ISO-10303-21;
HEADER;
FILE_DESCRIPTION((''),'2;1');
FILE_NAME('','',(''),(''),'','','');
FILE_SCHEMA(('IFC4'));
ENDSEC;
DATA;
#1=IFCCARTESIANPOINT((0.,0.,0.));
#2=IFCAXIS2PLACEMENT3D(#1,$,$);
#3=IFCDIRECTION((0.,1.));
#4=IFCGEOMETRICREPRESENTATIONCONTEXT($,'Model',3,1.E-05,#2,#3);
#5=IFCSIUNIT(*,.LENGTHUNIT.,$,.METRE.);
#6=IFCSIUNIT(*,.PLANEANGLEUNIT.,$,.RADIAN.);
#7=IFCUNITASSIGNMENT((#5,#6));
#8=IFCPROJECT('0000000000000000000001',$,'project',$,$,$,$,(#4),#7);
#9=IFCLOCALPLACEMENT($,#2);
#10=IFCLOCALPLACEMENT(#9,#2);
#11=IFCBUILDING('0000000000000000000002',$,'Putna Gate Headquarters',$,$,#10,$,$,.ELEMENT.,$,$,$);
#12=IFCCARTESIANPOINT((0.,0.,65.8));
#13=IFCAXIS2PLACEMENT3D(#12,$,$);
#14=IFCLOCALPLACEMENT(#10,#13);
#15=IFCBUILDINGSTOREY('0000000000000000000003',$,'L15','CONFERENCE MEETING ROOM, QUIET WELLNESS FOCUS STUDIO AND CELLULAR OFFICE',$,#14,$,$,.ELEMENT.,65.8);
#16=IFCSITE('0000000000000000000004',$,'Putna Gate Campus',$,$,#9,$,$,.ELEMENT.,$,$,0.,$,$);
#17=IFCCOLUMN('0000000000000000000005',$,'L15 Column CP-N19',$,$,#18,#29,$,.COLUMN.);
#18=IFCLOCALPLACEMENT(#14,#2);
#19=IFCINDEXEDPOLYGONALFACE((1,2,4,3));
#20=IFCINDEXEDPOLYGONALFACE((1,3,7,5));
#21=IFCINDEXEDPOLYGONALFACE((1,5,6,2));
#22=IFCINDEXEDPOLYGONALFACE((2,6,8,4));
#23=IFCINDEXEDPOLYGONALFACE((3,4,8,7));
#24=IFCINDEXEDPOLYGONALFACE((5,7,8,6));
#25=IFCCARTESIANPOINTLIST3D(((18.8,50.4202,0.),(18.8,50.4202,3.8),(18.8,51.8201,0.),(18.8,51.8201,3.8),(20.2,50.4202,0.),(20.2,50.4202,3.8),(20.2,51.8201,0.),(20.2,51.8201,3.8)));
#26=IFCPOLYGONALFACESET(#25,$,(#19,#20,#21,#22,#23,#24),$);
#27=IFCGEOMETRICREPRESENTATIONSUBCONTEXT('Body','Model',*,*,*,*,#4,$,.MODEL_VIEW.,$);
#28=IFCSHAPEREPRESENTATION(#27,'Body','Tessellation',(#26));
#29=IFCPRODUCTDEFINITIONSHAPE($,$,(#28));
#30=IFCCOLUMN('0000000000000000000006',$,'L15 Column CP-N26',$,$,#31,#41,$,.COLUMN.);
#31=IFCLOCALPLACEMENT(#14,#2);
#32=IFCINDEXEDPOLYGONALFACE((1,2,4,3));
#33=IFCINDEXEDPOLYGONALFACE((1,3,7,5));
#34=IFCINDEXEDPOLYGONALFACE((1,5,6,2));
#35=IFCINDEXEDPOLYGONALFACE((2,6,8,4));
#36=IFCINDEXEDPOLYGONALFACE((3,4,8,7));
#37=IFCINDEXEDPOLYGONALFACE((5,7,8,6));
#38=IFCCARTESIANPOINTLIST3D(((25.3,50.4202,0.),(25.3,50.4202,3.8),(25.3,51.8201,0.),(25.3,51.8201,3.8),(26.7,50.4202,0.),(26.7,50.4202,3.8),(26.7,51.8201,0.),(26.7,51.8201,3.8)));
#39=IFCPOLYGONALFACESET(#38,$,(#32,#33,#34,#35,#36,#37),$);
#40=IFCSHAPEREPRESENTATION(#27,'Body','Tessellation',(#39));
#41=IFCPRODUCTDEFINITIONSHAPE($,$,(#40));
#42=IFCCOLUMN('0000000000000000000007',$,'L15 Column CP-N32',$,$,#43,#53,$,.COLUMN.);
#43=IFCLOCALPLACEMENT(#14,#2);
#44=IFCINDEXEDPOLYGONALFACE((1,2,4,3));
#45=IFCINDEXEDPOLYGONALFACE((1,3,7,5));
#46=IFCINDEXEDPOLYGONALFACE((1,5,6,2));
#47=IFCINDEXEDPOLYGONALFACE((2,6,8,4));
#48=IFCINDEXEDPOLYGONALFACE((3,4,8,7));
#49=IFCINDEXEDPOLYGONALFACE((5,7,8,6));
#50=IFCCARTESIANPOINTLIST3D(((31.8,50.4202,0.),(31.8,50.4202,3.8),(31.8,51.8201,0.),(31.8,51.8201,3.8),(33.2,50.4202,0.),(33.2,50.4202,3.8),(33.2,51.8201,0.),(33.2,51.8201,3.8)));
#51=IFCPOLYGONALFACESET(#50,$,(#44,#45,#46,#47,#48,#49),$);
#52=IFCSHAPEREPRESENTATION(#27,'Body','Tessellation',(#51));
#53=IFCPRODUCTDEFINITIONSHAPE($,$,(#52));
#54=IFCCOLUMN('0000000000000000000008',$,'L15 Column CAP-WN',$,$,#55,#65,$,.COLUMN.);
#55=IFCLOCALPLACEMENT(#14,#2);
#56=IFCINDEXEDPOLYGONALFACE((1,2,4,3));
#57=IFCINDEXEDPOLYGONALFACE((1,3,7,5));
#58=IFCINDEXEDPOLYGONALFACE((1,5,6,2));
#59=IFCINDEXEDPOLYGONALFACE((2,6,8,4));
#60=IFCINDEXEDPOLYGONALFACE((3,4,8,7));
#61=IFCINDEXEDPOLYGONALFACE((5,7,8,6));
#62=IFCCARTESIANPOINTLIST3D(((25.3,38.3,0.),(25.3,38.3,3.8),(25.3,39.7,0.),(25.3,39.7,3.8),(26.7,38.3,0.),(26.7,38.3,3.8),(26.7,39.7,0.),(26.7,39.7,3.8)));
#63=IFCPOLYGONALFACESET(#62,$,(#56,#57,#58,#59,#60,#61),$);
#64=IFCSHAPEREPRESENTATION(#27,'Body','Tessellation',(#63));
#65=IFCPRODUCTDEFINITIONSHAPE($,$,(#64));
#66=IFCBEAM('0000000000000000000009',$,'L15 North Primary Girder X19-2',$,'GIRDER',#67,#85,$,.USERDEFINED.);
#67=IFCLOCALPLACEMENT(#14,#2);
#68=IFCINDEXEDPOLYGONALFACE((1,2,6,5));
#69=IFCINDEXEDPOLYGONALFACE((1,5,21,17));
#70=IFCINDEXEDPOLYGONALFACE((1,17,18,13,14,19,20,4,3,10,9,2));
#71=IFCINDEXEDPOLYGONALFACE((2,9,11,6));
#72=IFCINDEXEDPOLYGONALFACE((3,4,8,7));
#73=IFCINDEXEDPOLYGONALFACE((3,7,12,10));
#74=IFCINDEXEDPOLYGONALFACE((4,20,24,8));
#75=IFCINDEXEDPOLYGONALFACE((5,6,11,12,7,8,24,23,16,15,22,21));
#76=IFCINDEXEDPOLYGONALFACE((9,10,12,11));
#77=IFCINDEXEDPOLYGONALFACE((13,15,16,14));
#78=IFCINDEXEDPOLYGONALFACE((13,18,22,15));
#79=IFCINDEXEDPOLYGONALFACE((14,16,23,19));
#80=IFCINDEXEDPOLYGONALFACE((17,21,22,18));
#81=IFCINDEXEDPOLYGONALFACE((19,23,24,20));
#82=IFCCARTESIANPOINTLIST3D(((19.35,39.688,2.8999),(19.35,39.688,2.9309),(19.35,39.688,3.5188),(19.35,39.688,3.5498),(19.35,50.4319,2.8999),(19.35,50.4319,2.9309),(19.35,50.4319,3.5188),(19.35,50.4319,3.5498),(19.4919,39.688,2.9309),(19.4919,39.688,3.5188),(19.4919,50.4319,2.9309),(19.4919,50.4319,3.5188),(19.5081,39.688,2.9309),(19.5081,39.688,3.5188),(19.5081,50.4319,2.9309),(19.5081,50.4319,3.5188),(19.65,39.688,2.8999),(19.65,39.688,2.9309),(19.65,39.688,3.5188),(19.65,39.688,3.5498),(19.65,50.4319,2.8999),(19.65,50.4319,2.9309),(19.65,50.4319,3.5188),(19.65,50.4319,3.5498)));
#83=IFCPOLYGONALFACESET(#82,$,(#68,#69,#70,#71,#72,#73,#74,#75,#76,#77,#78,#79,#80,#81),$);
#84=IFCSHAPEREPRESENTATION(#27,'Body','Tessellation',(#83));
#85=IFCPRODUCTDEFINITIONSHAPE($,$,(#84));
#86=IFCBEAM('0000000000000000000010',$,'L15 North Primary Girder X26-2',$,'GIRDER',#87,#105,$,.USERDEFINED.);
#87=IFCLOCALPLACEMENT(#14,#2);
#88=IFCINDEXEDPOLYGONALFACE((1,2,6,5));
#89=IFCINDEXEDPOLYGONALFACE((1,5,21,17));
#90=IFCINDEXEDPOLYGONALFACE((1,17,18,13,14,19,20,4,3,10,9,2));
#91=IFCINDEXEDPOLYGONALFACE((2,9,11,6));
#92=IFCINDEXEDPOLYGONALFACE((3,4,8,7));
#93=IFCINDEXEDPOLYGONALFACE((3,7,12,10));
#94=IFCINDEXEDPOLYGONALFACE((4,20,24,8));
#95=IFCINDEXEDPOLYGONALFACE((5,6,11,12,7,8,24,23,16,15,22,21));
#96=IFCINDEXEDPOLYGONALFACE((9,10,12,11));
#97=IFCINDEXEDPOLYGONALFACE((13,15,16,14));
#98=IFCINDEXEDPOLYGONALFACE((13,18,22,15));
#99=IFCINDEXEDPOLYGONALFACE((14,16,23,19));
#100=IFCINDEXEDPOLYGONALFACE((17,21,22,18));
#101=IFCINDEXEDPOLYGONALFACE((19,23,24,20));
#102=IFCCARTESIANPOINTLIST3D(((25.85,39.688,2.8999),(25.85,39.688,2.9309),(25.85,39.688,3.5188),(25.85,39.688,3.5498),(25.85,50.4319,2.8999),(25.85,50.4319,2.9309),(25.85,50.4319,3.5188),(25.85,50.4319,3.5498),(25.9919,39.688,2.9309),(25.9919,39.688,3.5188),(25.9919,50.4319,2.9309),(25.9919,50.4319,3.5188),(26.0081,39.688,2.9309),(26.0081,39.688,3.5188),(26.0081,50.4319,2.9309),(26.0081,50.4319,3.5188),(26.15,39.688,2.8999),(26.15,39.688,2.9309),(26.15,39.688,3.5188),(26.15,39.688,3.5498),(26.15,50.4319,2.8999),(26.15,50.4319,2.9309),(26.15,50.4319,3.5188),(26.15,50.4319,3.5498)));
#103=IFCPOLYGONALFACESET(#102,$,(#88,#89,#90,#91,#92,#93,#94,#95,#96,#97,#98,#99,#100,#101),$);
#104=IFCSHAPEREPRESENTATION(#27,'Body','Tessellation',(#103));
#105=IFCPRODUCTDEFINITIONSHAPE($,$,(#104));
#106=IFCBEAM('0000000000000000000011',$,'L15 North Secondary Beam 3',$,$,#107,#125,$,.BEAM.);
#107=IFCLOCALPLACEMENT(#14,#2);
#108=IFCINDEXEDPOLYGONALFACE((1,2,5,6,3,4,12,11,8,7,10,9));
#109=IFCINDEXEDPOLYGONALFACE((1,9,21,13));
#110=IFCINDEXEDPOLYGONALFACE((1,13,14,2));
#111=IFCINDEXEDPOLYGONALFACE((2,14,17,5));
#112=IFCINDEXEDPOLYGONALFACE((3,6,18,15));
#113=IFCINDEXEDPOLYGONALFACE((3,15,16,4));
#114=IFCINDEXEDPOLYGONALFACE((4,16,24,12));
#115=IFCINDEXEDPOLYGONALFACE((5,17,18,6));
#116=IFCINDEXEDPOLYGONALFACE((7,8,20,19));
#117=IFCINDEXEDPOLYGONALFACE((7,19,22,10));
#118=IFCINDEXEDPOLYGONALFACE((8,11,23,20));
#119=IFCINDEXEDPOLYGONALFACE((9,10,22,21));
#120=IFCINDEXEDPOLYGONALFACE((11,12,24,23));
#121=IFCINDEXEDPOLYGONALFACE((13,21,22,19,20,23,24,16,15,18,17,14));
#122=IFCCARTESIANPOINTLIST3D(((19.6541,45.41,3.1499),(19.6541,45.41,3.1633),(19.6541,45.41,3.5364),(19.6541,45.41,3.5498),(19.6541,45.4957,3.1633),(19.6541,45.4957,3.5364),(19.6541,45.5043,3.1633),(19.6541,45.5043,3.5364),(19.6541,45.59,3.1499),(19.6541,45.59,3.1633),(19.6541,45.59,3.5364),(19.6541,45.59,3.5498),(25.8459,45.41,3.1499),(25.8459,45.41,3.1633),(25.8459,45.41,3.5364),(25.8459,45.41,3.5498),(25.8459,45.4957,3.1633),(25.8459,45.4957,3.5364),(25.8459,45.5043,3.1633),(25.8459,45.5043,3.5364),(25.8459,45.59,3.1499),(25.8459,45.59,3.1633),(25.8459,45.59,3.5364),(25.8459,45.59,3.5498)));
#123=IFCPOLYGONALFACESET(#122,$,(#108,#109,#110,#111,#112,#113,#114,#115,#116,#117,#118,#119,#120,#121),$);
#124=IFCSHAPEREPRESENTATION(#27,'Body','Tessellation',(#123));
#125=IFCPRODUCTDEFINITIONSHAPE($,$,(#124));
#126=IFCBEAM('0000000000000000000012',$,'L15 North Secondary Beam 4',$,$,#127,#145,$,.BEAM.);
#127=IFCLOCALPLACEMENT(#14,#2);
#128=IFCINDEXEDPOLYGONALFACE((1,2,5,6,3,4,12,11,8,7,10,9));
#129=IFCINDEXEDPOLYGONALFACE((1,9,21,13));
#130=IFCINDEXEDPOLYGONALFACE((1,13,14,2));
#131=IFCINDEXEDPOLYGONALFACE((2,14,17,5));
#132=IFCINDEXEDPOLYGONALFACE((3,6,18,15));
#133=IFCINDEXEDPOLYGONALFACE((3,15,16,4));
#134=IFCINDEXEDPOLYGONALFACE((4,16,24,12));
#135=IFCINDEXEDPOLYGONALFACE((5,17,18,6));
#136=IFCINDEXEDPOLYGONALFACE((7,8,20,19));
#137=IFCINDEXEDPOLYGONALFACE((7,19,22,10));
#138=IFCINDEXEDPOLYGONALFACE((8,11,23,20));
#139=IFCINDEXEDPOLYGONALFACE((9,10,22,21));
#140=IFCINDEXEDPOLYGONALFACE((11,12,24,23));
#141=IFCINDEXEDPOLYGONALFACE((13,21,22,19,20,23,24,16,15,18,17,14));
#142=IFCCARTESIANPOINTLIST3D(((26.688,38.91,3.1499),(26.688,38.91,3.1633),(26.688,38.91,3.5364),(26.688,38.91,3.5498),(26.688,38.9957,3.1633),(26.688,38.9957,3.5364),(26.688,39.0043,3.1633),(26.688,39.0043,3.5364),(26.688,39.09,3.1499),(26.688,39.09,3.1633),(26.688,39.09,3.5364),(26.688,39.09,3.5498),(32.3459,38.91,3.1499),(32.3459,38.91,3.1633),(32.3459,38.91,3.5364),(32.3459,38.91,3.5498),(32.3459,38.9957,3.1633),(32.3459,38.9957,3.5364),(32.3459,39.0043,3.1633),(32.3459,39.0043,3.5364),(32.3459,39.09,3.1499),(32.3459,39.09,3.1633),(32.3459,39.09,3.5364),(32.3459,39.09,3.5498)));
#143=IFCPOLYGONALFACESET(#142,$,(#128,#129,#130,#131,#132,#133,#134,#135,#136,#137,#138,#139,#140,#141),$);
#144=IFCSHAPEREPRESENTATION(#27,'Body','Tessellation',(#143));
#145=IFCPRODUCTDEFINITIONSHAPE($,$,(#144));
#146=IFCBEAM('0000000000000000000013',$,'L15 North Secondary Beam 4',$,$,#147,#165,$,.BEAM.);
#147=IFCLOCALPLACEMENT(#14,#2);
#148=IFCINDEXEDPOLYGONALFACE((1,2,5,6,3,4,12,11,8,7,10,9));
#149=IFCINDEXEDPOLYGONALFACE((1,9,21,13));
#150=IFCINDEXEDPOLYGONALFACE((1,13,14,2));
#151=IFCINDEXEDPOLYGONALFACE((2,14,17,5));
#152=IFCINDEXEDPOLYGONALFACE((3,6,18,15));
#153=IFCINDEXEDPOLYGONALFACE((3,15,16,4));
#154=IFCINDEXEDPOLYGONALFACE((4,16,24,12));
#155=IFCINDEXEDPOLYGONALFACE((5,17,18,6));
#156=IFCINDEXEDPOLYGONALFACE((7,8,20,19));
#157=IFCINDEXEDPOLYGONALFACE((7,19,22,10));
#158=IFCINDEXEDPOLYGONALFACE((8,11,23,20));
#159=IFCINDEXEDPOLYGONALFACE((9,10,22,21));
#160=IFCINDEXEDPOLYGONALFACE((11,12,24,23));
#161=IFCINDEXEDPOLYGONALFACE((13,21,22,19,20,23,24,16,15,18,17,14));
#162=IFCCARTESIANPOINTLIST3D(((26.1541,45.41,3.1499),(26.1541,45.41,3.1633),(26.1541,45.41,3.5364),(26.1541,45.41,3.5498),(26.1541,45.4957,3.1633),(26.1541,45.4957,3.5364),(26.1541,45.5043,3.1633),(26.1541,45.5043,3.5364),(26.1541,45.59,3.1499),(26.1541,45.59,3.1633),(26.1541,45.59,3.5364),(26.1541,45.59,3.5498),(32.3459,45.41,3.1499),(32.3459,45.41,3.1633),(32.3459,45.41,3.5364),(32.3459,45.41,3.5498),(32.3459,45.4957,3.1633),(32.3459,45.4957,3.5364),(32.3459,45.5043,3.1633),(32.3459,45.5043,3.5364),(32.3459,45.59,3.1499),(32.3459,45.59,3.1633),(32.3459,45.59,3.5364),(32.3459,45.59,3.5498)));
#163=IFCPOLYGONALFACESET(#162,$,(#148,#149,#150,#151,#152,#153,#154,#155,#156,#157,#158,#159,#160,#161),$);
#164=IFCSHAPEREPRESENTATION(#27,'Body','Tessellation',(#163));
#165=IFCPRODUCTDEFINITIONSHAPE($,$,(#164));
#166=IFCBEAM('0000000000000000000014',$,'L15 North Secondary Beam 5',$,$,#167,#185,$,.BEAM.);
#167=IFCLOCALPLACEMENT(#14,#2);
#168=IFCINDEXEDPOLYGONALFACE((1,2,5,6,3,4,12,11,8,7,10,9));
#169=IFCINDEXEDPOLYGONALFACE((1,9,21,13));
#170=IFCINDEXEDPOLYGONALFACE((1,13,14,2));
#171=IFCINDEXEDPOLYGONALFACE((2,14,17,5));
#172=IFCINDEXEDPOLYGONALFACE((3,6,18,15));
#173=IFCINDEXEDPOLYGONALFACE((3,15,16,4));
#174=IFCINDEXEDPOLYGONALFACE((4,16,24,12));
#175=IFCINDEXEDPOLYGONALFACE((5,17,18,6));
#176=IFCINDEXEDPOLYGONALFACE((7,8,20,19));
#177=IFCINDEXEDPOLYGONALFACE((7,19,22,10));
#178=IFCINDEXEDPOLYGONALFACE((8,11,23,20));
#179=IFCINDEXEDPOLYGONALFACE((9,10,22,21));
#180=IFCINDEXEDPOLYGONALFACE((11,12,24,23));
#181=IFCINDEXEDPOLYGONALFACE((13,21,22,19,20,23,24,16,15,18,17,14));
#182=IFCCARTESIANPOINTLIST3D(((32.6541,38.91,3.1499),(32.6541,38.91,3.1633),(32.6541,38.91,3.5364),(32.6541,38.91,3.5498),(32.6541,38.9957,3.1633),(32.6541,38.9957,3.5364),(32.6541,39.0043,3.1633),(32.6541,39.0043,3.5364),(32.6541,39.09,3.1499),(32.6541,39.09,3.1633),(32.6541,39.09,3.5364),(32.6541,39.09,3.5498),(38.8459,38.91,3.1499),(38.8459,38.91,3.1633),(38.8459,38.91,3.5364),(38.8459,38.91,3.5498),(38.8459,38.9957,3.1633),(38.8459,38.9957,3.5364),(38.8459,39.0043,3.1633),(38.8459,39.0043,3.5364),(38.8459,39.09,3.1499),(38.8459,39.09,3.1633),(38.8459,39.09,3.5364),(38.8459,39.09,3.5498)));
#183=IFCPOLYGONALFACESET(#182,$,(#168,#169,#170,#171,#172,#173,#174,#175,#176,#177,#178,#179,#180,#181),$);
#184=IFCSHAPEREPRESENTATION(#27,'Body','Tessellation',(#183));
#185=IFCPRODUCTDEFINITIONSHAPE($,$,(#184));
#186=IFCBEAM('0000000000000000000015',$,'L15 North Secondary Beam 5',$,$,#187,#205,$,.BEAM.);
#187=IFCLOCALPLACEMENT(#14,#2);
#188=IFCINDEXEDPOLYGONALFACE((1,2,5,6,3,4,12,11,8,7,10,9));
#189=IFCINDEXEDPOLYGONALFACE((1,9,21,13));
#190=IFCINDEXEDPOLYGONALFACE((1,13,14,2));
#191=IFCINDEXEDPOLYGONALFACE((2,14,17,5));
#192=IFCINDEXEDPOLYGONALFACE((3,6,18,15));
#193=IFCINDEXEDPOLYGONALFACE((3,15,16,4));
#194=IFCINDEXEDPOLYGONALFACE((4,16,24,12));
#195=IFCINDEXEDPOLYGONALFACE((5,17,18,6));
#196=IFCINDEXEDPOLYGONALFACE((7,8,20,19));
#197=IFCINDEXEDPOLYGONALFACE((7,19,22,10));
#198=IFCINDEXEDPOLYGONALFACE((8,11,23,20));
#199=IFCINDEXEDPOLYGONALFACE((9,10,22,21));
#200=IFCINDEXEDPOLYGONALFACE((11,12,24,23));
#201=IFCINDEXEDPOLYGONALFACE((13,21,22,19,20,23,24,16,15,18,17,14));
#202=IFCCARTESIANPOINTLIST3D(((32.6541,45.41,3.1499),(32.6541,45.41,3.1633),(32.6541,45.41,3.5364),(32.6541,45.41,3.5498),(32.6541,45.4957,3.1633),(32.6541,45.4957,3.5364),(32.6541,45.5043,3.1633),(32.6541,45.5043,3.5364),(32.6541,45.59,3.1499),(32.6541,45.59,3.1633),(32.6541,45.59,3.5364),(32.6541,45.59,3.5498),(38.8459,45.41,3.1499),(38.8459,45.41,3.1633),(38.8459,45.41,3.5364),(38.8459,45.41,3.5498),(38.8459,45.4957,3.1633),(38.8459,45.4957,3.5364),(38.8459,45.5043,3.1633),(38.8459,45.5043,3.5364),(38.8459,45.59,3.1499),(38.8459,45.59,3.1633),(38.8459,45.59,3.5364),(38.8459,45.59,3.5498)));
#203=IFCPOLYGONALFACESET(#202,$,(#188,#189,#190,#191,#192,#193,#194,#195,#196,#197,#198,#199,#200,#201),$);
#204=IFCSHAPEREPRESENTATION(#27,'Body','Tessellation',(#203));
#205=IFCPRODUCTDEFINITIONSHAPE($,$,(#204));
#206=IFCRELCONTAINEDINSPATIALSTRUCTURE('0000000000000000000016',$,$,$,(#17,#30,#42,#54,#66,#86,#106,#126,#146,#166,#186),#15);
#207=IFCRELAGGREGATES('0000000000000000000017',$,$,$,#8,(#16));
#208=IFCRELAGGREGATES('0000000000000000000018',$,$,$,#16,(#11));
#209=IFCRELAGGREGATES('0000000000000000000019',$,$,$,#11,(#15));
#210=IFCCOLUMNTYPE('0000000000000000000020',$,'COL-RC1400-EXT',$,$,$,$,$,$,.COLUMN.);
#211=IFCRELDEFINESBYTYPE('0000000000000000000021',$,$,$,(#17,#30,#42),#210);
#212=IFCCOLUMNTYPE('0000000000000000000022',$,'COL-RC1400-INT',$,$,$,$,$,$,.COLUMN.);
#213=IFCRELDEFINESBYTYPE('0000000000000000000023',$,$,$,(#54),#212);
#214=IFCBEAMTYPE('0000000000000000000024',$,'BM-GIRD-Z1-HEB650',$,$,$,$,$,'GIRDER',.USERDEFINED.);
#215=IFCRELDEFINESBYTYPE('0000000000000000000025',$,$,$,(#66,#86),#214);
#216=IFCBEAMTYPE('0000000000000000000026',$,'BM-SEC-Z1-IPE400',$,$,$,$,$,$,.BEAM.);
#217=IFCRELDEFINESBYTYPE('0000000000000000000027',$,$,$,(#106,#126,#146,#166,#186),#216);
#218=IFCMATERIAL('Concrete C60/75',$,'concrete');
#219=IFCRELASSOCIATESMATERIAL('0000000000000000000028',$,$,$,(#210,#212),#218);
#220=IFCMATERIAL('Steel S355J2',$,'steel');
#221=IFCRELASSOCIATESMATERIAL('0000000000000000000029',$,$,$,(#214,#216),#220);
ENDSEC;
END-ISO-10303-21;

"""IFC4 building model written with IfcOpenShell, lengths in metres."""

from ifc_helpers import new_model, si_unit, direction, frame, origin, origin_2d, place, context, subcontext, project, spatial, rectangle, i_section, extrude, material, material_profile, profile_set, type_object, element, save


model = new_model("IFC4")

# Units and contexts
model_context = context("Model", 3, precision=1e-05, world=origin(), true_north=direction((0.0, 1.0)))
body_context = subcontext(model_context, "Body", "Model", "MODEL_VIEW")
ifc_project = project(units=[si_unit("LENGTHUNIT", "METRE"), si_unit("PLANEANGLEUNIT", "RADIAN")], contexts=[model_context])

# Site, building, storey
site_placement = place(None, origin())
site = spatial("IfcSite", under=ifc_project, at=site_placement, Name="Putna Gate Campus", CompositionType="ELEMENT", RefElevation=0.0)
building_placement = place(site_placement, origin())
building = spatial("IfcBuilding", under=site, at=building_placement, Name="Putna Gate Headquarters", CompositionType="ELEMENT")
storey_placement = place(building_placement, frame((0.0, 0.0, 65.8)))
storey = spatial("IfcBuildingStorey", under=building, at=storey_placement, Name="L15", Description="CONFERENCE MEETING ROOM, QUIET WELLNESS FOCUS STUDIO AND CELLULAR OFFICE", CompositionType="ELEMENT", Elevation=65.8)

# Columns
ifc_material_1 = material(Name="Concrete C60/75", Category="concrete")
ifc_material_profile_1 = material_profile(ifc_material_1, rectangle(XDim=1.3999, YDim=1.3999, at=origin_2d()), Name="Concrete C60/75")
ifc_profile_set_1 = profile_set([ifc_material_profile_1], Name="Concrete C60/75")
column_type_1 = type_object("IfcColumnType", Name="COL-RC1400-EXT", PredefinedType="COLUMN", material=ifc_profile_set_1)
for number, where, z_axis, x_axis, name in (
    (1, (19.5, 51.1201, 0.0), (0.0, 0.0, 1.0), (1.0, 0.0, 0.0), "L15 Column CP-N19"),
    (2, (26.0, 51.1201, 0.0), (0.0, 0.0, 1.0), (1.0, 0.0, 0.0), "L15 Column CP-N26"),
    (3, (32.5, 51.1201, 0.0), (0.0, 0.0, 1.0), (1.0, 0.0, 0.0), "L15 Column CP-N32"),
):
    element("IfcColumn", number, at=place(storey_placement, frame(where, z_axis=z_axis, x_axis=x_axis)), inside=storey, type_object=column_type_1, Name=name, PredefinedType="COLUMN", context=body_context, shape_type="SweptSolid", body=[
        extrude(rectangle(XDim=1.3999, YDim=1.3999, at=origin_2d()), origin(), (0.0, 0.0, 1.0), 3.8),
    ])
ifc_material_profile_2 = material_profile(ifc_material_1, rectangle(XDim=1.3999, YDim=1.3999, at=origin_2d()), Name="Concrete C60/75")
ifc_profile_set_2 = profile_set([ifc_material_profile_2], Name="Concrete C60/75")
column_type_2 = type_object("IfcColumnType", Name="COL-RC1400-INT", PredefinedType="COLUMN", material=ifc_profile_set_2)
column_placement = place(storey_placement, frame((26.0, 39.0, 0.0), z_axis=(0.0, 0.0, 1.0), x_axis=(1.0, 0.0, 0.0)))
element("IfcColumn", 4, at=column_placement, inside=storey, type_object=column_type_2, Name="L15 Column CAP-WN", PredefinedType="COLUMN", context=body_context, shape_type="SweptSolid", body=[
    extrude(rectangle(XDim=1.3999, YDim=1.3999, at=origin_2d()), origin(), (0.0, 0.0, 1.0), 3.8),
])

# Beams
ifc_material_2 = material(Name="Steel S355J2", Category="steel")
ifc_material_profile_3 = material_profile(ifc_material_2, i_section(OverallWidth=0.3, OverallDepth=0.6499, WebThickness=0.0161, FlangeThickness=0.031, at=origin_2d()), Name="Steel S355J2")
ifc_profile_set_3 = profile_set([ifc_material_profile_3], Name="Steel S355J2")
beam_type_1 = type_object("IfcBeamType", Name="BM-GIRD-Z1-HEB650", ElementType="GIRDER", PredefinedType="USERDEFINED", material=ifc_profile_set_3)
for number, where, z_axis, x_axis, name in (
    (5, (19.5, 39.688, 3.2249), (0.0, 1.0, 0.0), (-1.0, 0.0, 0.0), "L15 North Primary Girder X19-2"),
    (6, (26.0, 39.688, 3.2249), (0.0, 1.0, 0.0), (-1.0, 0.0, 0.0), "L15 North Primary Girder X26-2"),
):
    element("IfcBeam", number, at=place(storey_placement, frame(where, z_axis=z_axis, x_axis=x_axis)), inside=storey, type_object=beam_type_1, Name=name, ObjectType="GIRDER", PredefinedType="USERDEFINED", context=body_context, shape_type="SweptSolid", body=[
        extrude(i_section(OverallWidth=0.3, OverallDepth=0.6499, WebThickness=0.0161, FlangeThickness=0.031, at=origin_2d()), origin(), (0.0, 0.0, 1.0), 10.7439),
    ])
ifc_material_profile_4 = material_profile(ifc_material_2, i_section(OverallWidth=0.1799, OverallDepth=0.3999, WebThickness=0.0085, FlangeThickness=0.0134, at=origin_2d()), Name="Steel S355J2")
ifc_profile_set_4 = profile_set([ifc_material_profile_4], Name="Steel S355J2")
beam_type_2 = type_object("IfcBeamType", Name="BM-SEC-Z1-IPE400", PredefinedType="BEAM", material=ifc_profile_set_4)
beam_1_placement = place(storey_placement, frame((19.6541, 45.5, 3.3499), z_axis=(1.0, 0.0, 0.0), x_axis=(0.0, 1.0, 0.0)))
element("IfcBeam", 7, at=beam_1_placement, inside=storey, type_object=beam_type_2, Name="L15 North Secondary Beam 3", PredefinedType="BEAM", context=body_context, shape_type="SweptSolid", body=[
    extrude(i_section(OverallWidth=0.1799, OverallDepth=0.3999, WebThickness=0.0085, FlangeThickness=0.0134, at=origin_2d()), origin(), (0.0, 0.0, 1.0), 6.1919),
])
beam_2_placement = place(storey_placement, frame((26.688, 39.0, 3.3499), z_axis=(1.0, 0.0, 0.0), x_axis=(0.0, 1.0, 0.0)))
element("IfcBeam", 8, at=beam_2_placement, inside=storey, type_object=beam_type_2, Name="L15 North Secondary Beam 4", PredefinedType="BEAM", context=body_context, shape_type="SweptSolid", body=[
    extrude(i_section(OverallWidth=0.1799, OverallDepth=0.3999, WebThickness=0.0085, FlangeThickness=0.0134, at=origin_2d()), origin(), (0.0, 0.0, 1.0), 5.658),
])
for number, where, z_axis, x_axis, name in (
    (9, (26.1541, 45.5, 3.3499), (1.0, 0.0, 0.0), (0.0, 1.0, 0.0), "L15 North Secondary Beam 4"),
    (10, (32.6541, 39.0, 3.3499), (1.0, 0.0, 0.0), (0.0, 1.0, 0.0), "L15 North Secondary Beam 5"),
    (11, (32.6541, 45.5, 3.3499), (1.0, 0.0, 0.0), (0.0, 1.0, 0.0), "L15 North Secondary Beam 5"),
):
    element("IfcBeam", number, at=place(storey_placement, frame(where, z_axis=z_axis, x_axis=x_axis)), inside=storey, type_object=beam_type_2, Name=name, PredefinedType="BEAM", context=body_context, shape_type="SweptSolid", body=[
        extrude(i_section(OverallWidth=0.1799, OverallDepth=0.3999, WebThickness=0.0085, FlangeThickness=0.0134, at=origin_2d()), origin(), (0.0, 0.0, 1.0), 6.1919),
    ])

save(model, "model.ifc")
